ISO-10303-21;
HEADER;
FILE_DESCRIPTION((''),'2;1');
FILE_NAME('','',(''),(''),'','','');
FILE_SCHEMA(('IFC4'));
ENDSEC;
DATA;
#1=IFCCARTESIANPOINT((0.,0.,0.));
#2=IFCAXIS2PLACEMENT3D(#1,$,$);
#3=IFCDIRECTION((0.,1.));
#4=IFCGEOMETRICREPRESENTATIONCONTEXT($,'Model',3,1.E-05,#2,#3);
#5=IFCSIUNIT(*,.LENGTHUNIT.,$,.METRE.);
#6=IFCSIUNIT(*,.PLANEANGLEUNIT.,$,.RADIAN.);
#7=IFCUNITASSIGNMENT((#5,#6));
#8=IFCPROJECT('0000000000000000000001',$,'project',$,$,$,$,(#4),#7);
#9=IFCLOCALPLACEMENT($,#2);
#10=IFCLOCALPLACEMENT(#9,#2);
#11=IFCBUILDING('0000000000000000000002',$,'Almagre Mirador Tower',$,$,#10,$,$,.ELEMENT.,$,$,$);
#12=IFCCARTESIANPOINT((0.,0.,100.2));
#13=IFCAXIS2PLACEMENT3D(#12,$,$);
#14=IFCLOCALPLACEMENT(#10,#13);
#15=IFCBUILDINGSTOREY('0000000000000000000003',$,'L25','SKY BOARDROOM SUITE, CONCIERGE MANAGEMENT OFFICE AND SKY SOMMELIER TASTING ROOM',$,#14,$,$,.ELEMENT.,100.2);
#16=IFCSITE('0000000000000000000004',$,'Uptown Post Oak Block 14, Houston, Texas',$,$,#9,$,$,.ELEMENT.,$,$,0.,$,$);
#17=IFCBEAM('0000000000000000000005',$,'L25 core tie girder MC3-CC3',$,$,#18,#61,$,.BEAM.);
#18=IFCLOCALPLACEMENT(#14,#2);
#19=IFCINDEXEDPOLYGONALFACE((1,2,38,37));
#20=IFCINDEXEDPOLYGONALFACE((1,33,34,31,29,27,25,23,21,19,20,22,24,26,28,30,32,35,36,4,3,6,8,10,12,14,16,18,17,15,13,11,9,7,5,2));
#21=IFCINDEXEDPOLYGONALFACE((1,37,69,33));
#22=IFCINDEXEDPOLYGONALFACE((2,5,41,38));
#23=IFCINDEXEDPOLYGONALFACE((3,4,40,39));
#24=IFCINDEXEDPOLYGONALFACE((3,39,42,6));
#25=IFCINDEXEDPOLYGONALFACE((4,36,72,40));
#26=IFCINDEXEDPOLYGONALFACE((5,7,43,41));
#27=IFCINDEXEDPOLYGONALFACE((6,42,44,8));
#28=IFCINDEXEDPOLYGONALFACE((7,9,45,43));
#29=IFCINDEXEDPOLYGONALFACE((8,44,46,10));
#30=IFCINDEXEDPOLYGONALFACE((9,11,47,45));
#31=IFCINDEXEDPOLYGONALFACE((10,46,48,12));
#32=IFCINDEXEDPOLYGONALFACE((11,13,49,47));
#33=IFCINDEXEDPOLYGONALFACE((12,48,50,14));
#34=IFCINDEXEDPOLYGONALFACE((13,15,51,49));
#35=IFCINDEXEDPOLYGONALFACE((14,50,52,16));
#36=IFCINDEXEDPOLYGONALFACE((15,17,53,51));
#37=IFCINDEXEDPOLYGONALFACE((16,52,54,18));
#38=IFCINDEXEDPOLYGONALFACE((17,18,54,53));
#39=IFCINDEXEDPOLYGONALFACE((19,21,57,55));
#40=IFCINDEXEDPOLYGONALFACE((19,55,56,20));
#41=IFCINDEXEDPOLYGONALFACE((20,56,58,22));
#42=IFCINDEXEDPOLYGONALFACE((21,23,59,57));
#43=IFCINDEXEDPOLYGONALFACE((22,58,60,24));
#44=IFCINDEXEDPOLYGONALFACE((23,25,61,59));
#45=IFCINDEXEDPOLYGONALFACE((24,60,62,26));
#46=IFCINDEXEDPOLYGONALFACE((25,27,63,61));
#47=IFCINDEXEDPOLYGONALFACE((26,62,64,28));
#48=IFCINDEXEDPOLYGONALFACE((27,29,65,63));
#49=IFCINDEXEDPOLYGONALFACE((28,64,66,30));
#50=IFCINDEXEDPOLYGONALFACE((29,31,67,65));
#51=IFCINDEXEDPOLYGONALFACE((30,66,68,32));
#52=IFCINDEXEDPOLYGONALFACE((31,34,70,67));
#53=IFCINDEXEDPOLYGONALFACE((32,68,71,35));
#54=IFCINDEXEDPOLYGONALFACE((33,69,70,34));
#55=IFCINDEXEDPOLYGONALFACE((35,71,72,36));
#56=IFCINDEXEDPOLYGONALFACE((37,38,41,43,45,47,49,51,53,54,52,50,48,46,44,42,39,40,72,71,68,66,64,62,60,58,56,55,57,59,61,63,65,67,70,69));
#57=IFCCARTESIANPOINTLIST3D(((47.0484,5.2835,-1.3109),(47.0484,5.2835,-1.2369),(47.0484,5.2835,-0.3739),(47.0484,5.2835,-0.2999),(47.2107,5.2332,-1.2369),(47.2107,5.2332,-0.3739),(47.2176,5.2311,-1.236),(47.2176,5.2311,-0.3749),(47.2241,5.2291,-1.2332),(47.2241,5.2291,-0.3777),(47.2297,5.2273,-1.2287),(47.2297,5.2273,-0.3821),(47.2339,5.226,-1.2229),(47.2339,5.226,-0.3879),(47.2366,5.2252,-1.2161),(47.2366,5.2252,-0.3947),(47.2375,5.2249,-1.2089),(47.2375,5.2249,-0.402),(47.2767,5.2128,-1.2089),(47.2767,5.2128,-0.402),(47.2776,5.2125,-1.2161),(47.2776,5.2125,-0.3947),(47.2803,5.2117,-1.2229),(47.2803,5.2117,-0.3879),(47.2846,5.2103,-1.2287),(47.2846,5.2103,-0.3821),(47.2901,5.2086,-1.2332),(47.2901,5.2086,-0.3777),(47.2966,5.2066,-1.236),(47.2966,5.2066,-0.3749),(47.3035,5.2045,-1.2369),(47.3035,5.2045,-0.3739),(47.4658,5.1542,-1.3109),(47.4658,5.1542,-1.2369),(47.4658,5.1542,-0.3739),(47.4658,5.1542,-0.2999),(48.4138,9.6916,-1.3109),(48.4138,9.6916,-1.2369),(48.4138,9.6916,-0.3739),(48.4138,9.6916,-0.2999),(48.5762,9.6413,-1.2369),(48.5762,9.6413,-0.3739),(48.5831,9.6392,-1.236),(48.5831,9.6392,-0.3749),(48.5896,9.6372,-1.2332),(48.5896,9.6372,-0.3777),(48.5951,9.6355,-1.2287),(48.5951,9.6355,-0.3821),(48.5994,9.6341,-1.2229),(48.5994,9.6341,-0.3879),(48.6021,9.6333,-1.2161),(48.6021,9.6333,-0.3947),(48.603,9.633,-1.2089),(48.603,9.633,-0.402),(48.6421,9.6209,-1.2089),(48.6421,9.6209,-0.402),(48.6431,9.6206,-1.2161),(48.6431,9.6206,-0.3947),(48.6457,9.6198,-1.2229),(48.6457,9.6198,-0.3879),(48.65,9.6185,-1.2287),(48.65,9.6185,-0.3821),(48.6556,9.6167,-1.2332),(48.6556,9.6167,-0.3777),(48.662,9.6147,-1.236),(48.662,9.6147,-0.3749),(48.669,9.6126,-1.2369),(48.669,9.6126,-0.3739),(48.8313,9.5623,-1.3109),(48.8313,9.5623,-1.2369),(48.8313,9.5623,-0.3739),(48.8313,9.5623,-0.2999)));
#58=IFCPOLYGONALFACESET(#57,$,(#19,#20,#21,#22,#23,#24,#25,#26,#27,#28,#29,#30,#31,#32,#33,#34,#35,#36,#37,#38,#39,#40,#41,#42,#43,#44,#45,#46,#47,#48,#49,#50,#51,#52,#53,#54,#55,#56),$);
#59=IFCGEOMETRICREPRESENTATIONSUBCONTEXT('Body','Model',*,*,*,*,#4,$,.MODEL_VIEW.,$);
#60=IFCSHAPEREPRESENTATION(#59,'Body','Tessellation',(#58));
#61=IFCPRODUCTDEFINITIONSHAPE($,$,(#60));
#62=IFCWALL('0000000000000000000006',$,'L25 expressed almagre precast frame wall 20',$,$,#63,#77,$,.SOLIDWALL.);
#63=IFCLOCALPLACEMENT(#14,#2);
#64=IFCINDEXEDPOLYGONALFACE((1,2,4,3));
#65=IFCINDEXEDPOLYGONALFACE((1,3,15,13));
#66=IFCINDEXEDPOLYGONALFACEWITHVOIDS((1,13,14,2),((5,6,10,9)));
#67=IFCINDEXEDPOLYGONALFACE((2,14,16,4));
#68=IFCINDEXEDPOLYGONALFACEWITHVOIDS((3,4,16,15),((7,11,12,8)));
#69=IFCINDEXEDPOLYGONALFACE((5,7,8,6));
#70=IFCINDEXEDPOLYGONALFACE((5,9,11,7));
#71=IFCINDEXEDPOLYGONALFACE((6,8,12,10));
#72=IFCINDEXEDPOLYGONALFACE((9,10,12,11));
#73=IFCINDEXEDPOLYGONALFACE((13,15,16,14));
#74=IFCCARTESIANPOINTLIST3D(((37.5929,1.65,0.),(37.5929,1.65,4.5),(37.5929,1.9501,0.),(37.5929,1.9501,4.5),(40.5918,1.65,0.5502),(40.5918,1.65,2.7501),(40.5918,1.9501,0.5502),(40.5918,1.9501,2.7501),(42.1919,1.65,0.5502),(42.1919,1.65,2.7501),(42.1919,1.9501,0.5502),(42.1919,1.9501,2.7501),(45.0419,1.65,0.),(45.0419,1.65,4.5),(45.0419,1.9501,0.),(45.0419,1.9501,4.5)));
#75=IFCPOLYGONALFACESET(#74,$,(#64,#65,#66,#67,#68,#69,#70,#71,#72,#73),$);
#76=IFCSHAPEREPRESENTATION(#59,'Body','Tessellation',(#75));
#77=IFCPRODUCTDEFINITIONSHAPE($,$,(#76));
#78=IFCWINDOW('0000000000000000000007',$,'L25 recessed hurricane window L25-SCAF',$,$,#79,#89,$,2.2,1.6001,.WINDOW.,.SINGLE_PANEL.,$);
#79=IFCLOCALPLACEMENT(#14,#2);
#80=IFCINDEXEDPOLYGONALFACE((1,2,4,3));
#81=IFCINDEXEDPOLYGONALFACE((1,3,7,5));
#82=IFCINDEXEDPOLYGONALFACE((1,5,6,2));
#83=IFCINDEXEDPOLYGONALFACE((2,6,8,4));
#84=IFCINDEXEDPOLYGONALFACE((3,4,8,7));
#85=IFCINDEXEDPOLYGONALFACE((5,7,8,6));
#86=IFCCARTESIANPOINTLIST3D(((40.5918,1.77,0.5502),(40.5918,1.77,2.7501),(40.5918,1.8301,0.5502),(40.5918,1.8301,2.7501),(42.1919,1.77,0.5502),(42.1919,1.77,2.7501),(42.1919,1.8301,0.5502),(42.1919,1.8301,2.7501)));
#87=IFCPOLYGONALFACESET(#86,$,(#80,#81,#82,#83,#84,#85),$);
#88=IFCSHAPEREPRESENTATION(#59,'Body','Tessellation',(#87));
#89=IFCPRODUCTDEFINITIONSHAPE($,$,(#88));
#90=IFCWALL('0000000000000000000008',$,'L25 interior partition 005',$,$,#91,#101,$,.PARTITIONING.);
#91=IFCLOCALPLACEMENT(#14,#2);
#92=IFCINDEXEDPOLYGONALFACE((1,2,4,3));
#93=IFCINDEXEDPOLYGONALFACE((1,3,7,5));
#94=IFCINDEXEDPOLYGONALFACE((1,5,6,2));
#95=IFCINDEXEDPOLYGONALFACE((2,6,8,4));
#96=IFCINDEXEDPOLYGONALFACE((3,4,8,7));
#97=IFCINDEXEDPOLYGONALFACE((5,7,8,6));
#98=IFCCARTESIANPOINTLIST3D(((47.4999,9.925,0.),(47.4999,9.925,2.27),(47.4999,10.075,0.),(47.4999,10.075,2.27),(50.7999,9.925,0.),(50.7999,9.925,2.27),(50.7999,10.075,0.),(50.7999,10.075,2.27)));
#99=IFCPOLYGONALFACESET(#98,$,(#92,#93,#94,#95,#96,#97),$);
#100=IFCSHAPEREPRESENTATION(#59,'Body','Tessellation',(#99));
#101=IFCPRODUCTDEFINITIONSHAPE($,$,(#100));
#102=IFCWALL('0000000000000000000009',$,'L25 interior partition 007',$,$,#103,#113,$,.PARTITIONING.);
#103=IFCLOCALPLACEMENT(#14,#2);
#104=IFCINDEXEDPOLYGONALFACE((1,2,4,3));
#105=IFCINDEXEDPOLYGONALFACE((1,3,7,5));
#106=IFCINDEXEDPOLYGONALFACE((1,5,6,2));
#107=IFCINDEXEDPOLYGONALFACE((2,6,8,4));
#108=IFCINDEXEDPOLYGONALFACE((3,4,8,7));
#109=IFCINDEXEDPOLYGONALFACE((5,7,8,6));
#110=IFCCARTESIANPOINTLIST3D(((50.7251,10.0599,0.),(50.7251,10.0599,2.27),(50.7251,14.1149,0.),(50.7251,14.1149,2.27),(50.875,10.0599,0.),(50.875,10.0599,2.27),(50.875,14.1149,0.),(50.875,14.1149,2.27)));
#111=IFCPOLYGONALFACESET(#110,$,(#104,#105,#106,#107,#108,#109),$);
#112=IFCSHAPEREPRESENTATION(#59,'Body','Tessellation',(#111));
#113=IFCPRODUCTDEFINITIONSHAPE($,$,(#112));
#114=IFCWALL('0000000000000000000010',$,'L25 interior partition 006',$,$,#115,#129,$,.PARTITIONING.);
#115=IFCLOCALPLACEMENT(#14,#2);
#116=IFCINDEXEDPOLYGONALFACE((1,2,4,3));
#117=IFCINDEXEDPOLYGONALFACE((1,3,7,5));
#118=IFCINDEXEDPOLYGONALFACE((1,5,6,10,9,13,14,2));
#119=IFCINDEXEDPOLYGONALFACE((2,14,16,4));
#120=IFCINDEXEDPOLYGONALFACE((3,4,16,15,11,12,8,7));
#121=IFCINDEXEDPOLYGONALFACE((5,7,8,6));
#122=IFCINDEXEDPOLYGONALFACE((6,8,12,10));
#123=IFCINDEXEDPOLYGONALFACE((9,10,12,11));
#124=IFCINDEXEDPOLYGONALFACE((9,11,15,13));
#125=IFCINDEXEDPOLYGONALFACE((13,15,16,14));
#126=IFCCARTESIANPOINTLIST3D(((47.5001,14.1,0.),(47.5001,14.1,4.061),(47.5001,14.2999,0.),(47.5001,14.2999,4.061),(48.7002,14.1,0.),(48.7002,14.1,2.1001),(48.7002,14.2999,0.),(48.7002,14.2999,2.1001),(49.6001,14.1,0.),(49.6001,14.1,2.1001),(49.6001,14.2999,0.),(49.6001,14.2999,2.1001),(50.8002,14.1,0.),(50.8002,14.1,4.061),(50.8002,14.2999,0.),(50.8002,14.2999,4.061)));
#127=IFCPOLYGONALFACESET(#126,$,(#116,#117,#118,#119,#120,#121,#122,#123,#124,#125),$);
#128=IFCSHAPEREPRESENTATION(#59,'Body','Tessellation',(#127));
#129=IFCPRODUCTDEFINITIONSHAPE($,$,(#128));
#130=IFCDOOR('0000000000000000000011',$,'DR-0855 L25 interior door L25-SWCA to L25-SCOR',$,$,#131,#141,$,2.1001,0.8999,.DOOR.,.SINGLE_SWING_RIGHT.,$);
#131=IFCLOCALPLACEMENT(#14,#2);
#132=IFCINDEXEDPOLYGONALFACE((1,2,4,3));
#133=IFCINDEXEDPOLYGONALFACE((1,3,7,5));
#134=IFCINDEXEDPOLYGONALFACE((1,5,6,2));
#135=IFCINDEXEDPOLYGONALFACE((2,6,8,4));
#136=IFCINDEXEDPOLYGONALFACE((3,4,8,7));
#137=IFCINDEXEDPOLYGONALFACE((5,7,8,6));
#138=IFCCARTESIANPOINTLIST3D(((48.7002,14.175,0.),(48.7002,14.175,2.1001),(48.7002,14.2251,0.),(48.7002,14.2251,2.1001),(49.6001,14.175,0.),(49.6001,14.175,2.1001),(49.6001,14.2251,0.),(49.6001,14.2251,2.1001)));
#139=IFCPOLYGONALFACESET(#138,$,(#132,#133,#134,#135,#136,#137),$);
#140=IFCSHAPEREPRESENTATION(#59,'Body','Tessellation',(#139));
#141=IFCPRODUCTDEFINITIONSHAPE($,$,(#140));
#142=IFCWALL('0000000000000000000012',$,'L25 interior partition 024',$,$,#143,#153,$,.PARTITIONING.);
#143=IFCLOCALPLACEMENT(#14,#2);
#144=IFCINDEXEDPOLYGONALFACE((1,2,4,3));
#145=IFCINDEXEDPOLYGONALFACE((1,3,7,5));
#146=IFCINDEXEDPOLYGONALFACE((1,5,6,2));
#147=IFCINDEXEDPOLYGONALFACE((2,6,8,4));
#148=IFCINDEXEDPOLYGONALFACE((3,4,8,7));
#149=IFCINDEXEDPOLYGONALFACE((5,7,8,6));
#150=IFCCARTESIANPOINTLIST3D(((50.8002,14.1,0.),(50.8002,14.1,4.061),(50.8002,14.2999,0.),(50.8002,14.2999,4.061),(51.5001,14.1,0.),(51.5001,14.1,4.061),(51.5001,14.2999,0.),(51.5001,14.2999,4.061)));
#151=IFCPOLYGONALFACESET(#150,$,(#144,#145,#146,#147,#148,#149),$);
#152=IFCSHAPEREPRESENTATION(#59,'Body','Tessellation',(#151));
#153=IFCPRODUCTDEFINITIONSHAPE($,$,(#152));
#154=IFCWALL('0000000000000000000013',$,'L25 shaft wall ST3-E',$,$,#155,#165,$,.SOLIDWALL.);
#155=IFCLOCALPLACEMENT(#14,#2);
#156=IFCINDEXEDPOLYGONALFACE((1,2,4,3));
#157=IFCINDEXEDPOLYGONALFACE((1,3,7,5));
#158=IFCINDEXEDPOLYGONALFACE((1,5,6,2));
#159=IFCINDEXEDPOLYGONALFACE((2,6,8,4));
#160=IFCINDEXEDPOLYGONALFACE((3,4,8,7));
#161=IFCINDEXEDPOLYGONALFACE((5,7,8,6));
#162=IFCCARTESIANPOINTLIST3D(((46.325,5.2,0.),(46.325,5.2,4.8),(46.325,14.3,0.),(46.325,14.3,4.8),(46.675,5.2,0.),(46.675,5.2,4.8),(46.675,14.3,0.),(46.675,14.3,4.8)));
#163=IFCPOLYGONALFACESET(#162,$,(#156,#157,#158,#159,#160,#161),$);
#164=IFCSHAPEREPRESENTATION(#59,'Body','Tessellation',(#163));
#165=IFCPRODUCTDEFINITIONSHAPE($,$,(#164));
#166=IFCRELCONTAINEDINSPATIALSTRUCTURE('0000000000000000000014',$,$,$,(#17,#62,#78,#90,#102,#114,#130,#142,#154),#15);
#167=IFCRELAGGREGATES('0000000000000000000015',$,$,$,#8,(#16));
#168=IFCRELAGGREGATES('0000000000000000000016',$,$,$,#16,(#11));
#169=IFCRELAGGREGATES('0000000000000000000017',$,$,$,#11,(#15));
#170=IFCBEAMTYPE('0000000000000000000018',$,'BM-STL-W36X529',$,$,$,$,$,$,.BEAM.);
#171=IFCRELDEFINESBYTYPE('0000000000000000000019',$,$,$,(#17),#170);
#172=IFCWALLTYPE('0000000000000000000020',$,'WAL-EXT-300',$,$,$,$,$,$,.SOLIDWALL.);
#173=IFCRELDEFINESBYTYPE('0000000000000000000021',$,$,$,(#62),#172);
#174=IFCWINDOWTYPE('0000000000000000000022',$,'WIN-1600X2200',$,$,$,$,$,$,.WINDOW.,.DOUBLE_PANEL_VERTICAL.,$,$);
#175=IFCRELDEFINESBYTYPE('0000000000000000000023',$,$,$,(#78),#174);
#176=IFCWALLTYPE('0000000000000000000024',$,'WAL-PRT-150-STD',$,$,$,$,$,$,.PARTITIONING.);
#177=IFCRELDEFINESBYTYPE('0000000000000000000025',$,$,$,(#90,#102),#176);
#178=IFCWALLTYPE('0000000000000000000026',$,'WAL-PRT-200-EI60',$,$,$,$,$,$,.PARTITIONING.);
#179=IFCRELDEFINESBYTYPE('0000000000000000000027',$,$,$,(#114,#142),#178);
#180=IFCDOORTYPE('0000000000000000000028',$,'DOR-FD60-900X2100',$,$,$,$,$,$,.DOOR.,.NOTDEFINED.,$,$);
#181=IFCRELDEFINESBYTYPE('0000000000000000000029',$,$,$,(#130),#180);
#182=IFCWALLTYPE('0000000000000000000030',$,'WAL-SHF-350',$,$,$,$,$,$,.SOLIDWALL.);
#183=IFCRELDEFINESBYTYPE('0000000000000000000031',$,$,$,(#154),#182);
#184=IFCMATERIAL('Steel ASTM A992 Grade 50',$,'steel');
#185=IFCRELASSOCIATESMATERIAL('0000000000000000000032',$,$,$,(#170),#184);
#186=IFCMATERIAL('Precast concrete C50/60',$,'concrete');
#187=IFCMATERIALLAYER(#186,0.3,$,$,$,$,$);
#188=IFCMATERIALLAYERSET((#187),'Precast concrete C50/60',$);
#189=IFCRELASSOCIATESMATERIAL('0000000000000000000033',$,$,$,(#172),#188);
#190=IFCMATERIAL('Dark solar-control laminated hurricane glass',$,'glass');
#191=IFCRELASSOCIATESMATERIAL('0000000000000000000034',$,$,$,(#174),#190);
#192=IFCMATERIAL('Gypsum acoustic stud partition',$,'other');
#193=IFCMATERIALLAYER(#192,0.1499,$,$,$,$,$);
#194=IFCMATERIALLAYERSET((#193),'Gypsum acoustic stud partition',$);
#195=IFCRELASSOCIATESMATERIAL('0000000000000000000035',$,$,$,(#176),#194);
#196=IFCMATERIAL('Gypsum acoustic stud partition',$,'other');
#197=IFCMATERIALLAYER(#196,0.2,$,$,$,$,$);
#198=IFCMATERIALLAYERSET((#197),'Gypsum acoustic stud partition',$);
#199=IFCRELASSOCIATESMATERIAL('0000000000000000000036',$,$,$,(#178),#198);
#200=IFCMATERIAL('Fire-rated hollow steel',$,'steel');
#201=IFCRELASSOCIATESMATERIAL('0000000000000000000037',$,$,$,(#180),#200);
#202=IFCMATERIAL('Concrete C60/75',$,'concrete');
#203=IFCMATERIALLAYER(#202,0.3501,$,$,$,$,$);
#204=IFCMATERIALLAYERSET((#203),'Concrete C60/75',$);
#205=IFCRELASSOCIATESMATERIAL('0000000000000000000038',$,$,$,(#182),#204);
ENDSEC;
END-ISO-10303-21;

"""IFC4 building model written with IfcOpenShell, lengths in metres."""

from ifc_helpers import new_model, si_unit, direction, frame, frame_2d, origin, origin_2d, place, context, subcontext, project, spatial, rectangle, i_section, extrude, material, layer, layer_set, material_profile, profile_set, type_object, element, fill, save


model = new_model("IFC4")

# Units and contexts
model_context = context("Model", 3, precision=1e-05, world=origin(), true_north=direction((0.0, 1.0)))
body_context = subcontext(model_context, "Body", "Model", "MODEL_VIEW")
ifc_project = project(units=[si_unit("LENGTHUNIT", "METRE"), si_unit("PLANEANGLEUNIT", "RADIAN")], contexts=[model_context])

# Site, building, storey
site_placement = place(None, origin())
site = spatial("IfcSite", under=ifc_project, at=site_placement, Name="Uptown Post Oak Block 14, Houston, Texas", CompositionType="ELEMENT", RefElevation=0.0)
building_placement = place(site_placement, origin())
building = spatial("IfcBuilding", under=site, at=building_placement, Name="Almagre Mirador Tower", CompositionType="ELEMENT")
storey_placement = place(building_placement, frame((0.0, 0.0, 100.2)))
storey = spatial("IfcBuildingStorey", under=building, at=storey_placement, Name="L25", Description="SKY BOARDROOM SUITE, CONCIERGE MANAGEMENT OFFICE AND SKY SOMMELIER TASTING ROOM", CompositionType="ELEMENT", Elevation=100.2)

# Beam
ifc_material_1 = material(Name="Steel ASTM A992 Grade 50", Category="steel")
ifc_material_profile_1 = material_profile(ifc_material_1, i_section(OverallWidth=0.437, OverallDepth=1.011, WebThickness=0.041, FlangeThickness=0.074, FilletRadius=0.0281, at=origin_2d()), Name="W36X529")
ifc_profile_set_1 = profile_set([ifc_material_profile_1], Name="Steel ASTM A992 Grade 50")
beam_type_1 = type_object("IfcBeamType", Name="BM-STL-W36X529", PredefinedType="BEAM", material=ifc_profile_set_1)
beam_1_placement = place(storey_placement, frame((48.6226, 9.627, -0.8054), z_axis=(-0.295888, -0.955223, 0.0), x_axis=(0.955223, -0.295888, 0.0)))
element("IfcBeam", 1, at=beam_1_placement, inside=storey, type_object=beam_type_1, Name="L25 core tie girder MC3-CC3", PredefinedType="BEAM", context=body_context, shape_type="SweptSolid", body=[
    extrude(i_section(OverallWidth=0.437, OverallDepth=1.011, WebThickness=0.041, FlangeThickness=0.074, FilletRadius=0.0281, at=origin_2d()), origin(), (0.0, 0.0, 1.0), 4.6147),
])

# Wall, opening, window
ifc_material_2 = material(Name="Precast concrete C50/60", Category="concrete")
ifc_layer_1 = layer(ifc_material_2, 0.3)
ifc_layer_set_1 = layer_set([ifc_layer_1], Name="Precast concrete C50/60")
wall_type_1 = type_object("IfcWallType", Name="WAL-EXT-300", PredefinedType="SOLIDWALL", material=ifc_layer_set_1)
wall_1_placement = place(storey_placement, frame((45.042, 1.8, 0.0), z_axis=(0.0, 0.0, 1.0), x_axis=(-1.0, 0.0, 0.0)))
wall_1 = element("IfcWall", 2, at=wall_1_placement, inside=storey, type_object=wall_type_1, Name="L25 expressed almagre precast frame wall 20", PredefinedType="SOLIDWALL", context=body_context, shape_type="SweptSolid", body=[
    extrude(rectangle(XDim=7.449, YDim=0.3, at=frame_2d((3.7246, 0.0))), origin(), (0.0, 0.0, 1.0), 4.5),
])
opening_1_placement = place(wall_1_placement, frame((2.8501, 0.0, 0.55)))
opening_1 = element("IfcOpeningElement", 3, at=opening_1_placement, cuts=wall_1, PredefinedType="OPENING", context=body_context, shape_type="SweptSolid", body=[
    extrude(rectangle(XDim=1.6001, YDim=2.2, at=frame_2d((0.8, 1.1001))), frame((0.0, 0.1599, 0.0), z_axis=(0.0, -1.0, 0.0), x_axis=(1.0, 0.0, 0.0)), (0.0, 0.0, 1.0), 0.32),
])
ifc_material_3 = material(Name="Dark solar-control laminated hurricane glass", Category="glass")
window_type = type_object("IfcWindowType", Name="WIN-1600X2200", PartitioningType="DOUBLE_PANEL_VERTICAL", PredefinedType="WINDOW", material=ifc_material_3)
window_placement = place(opening_1_placement, origin())
window = element("IfcWindow", 4, at=window_placement, inside=storey, type_object=window_type, Name="L25 recessed hurricane window L25-SCAF", OverallHeight=2.2, OverallWidth=1.6001, PartitioningType="SINGLE_PANEL", PredefinedType="WINDOW", context=body_context, shape_type="SweptSolid", body=[
    extrude(rectangle(XDim=1.6001, YDim=2.2, at=frame_2d((0.8, 1.1001))), frame((0.0, 0.03, 0.0), z_axis=(0.0, -1.0, 0.0), x_axis=(1.0, 0.0, 0.0)), (0.0, 0.0, 1.0), 0.0601),
])
fill(opening_1, window)

# Walls
ifc_material_4 = material(Name="Gypsum acoustic stud partition", Category="other")
ifc_layer_2 = layer(ifc_material_4, 0.1499)
ifc_layer_set_2 = layer_set([ifc_layer_2], Name="Gypsum acoustic stud partition")
wall_type_2 = type_object("IfcWallType", Name="WAL-PRT-150-STD", PredefinedType="PARTITIONING", material=ifc_layer_set_2)
wall_2_placement = place(storey_placement, frame((47.5, 10.0, 0.0), z_axis=(0.0, 0.0, 1.0), x_axis=(1.0, 0.0, 0.0)))
element("IfcWall", 5, at=wall_2_placement, inside=storey, type_object=wall_type_2, Name="L25 interior partition 005", PredefinedType="PARTITIONING", context=body_context, shape_type="SweptSolid", body=[
    extrude(rectangle(XDim=3.3, YDim=0.1499, at=frame_2d((1.6499, 0.0))), origin(), (0.0, 0.0, 1.0), 2.27),
])
wall_3_placement = place(storey_placement, frame((50.8, 10.0601, 0.0), z_axis=(0.0, 0.0, 1.0), x_axis=(0.0, 1.0, 0.0)))
element("IfcWall", 6, at=wall_3_placement, inside=storey, type_object=wall_type_2, Name="L25 interior partition 007", PredefinedType="PARTITIONING", context=body_context, shape_type="SweptSolid", body=[
    extrude(rectangle(XDim=4.0549, YDim=0.1499, at=frame_2d((2.0273, 0.0))), origin(), (0.0, 0.0, 1.0), 2.27),
])

# Wall, opening, door
ifc_material_5 = material(Name="Gypsum acoustic stud partition", Category="other")
ifc_layer_3 = layer(ifc_material_5, 0.2)
ifc_layer_set_3 = layer_set([ifc_layer_3], Name="Gypsum acoustic stud partition")
wall_type_3 = type_object("IfcWallType", Name="WAL-PRT-200-EI60", PredefinedType="PARTITIONING", material=ifc_layer_set_3)
wall_4_placement = place(storey_placement, frame((50.8, 14.2, 0.0), z_axis=(0.0, 0.0, 1.0), x_axis=(-1.0, 0.0, 0.0)))
wall_4 = element("IfcWall", 7, at=wall_4_placement, inside=storey, type_object=wall_type_3, Name="L25 interior partition 006", PredefinedType="PARTITIONING", context=body_context, shape_type="SweptSolid", body=[
    extrude(rectangle(XDim=3.3, YDim=0.2, at=frame_2d((1.6499, 0.0))), origin(), (0.0, 0.0, 1.0), 4.061),
])
opening_2_placement = place(wall_4_placement, frame((1.2, 0.0, 0.0)))
opening_2 = element("IfcOpeningElement", 8, at=opening_2_placement, cuts=wall_4, PredefinedType="OPENING", context=body_context, shape_type="SweptSolid", body=[
    extrude(rectangle(XDim=0.8999, YDim=2.1001, at=frame_2d((0.45, 1.05))), frame((0.0, 0.1101, 0.0), z_axis=(0.0, -1.0, 0.0), x_axis=(1.0, 0.0, 0.0)), (0.0, 0.0, 1.0), 0.22),
])
ifc_material_6 = material(Name="Fire-rated hollow steel", Category="steel")
door_type = type_object("IfcDoorType", Name="DOR-FD60-900X2100", OperationType="NOTDEFINED", PredefinedType="DOOR", material=ifc_material_6)
door_placement = place(opening_2_placement, origin())
door = element("IfcDoor", 9, at=door_placement, inside=storey, type_object=door_type, Name="DR-0855 L25 interior door L25-SWCA to L25-SCOR", OperationType="SINGLE_SWING_RIGHT", OverallHeight=2.1001, OverallWidth=0.8999, PredefinedType="DOOR", context=body_context, shape_type="SweptSolid", body=[
    extrude(rectangle(XDim=0.8999, YDim=2.1001, at=frame_2d((0.45, 1.05))), frame((0.0, 0.0249, 0.0), z_axis=(0.0, -1.0, 0.0), x_axis=(1.0, 0.0, 0.0)), (0.0, 0.0, 1.0), 0.05),
])
fill(opening_2, door)

# Walls
wall_5_placement = place(storey_placement, frame((50.8, 14.2, 0.0), z_axis=(0.0, 0.0, 1.0), x_axis=(1.0, 0.0, 0.0)))
element("IfcWall", 10, at=wall_5_placement, inside=storey, type_object=wall_type_3, Name="L25 interior partition 024", PredefinedType="PARTITIONING", context=body_context, shape_type="SweptSolid", body=[
    extrude(rectangle(XDim=0.7, YDim=0.2, at=frame_2d((0.3501, 0.0))), origin(), (0.0, 0.0, 1.0), 4.061),
])
ifc_material_7 = material(Name="Concrete C60/75", Category="concrete")
ifc_layer_4 = layer(ifc_material_7, 0.3501)
ifc_layer_set_4 = layer_set([ifc_layer_4], Name="Concrete C60/75")
wall_type_4 = type_object("IfcWallType", Name="WAL-SHF-350", PredefinedType="SOLIDWALL", material=ifc_layer_set_4)
wall_6_placement = place(storey_placement, frame((46.5, 5.2, 0.0), z_axis=(0.0, 0.0, 1.0), x_axis=(0.0, 1.0, 0.0)))
element("IfcWall", 11, at=wall_6_placement, inside=storey, type_object=wall_type_4, Name="L25 shaft wall ST3-E", PredefinedType="SOLIDWALL", context=body_context, shape_type="SweptSolid", body=[
    extrude(rectangle(XDim=9.1001, YDim=0.3501, at=frame_2d((4.55, 0.0))), origin(), (0.0, 0.0, 1.0), 4.8),
])

save(model, "model.ifc")
